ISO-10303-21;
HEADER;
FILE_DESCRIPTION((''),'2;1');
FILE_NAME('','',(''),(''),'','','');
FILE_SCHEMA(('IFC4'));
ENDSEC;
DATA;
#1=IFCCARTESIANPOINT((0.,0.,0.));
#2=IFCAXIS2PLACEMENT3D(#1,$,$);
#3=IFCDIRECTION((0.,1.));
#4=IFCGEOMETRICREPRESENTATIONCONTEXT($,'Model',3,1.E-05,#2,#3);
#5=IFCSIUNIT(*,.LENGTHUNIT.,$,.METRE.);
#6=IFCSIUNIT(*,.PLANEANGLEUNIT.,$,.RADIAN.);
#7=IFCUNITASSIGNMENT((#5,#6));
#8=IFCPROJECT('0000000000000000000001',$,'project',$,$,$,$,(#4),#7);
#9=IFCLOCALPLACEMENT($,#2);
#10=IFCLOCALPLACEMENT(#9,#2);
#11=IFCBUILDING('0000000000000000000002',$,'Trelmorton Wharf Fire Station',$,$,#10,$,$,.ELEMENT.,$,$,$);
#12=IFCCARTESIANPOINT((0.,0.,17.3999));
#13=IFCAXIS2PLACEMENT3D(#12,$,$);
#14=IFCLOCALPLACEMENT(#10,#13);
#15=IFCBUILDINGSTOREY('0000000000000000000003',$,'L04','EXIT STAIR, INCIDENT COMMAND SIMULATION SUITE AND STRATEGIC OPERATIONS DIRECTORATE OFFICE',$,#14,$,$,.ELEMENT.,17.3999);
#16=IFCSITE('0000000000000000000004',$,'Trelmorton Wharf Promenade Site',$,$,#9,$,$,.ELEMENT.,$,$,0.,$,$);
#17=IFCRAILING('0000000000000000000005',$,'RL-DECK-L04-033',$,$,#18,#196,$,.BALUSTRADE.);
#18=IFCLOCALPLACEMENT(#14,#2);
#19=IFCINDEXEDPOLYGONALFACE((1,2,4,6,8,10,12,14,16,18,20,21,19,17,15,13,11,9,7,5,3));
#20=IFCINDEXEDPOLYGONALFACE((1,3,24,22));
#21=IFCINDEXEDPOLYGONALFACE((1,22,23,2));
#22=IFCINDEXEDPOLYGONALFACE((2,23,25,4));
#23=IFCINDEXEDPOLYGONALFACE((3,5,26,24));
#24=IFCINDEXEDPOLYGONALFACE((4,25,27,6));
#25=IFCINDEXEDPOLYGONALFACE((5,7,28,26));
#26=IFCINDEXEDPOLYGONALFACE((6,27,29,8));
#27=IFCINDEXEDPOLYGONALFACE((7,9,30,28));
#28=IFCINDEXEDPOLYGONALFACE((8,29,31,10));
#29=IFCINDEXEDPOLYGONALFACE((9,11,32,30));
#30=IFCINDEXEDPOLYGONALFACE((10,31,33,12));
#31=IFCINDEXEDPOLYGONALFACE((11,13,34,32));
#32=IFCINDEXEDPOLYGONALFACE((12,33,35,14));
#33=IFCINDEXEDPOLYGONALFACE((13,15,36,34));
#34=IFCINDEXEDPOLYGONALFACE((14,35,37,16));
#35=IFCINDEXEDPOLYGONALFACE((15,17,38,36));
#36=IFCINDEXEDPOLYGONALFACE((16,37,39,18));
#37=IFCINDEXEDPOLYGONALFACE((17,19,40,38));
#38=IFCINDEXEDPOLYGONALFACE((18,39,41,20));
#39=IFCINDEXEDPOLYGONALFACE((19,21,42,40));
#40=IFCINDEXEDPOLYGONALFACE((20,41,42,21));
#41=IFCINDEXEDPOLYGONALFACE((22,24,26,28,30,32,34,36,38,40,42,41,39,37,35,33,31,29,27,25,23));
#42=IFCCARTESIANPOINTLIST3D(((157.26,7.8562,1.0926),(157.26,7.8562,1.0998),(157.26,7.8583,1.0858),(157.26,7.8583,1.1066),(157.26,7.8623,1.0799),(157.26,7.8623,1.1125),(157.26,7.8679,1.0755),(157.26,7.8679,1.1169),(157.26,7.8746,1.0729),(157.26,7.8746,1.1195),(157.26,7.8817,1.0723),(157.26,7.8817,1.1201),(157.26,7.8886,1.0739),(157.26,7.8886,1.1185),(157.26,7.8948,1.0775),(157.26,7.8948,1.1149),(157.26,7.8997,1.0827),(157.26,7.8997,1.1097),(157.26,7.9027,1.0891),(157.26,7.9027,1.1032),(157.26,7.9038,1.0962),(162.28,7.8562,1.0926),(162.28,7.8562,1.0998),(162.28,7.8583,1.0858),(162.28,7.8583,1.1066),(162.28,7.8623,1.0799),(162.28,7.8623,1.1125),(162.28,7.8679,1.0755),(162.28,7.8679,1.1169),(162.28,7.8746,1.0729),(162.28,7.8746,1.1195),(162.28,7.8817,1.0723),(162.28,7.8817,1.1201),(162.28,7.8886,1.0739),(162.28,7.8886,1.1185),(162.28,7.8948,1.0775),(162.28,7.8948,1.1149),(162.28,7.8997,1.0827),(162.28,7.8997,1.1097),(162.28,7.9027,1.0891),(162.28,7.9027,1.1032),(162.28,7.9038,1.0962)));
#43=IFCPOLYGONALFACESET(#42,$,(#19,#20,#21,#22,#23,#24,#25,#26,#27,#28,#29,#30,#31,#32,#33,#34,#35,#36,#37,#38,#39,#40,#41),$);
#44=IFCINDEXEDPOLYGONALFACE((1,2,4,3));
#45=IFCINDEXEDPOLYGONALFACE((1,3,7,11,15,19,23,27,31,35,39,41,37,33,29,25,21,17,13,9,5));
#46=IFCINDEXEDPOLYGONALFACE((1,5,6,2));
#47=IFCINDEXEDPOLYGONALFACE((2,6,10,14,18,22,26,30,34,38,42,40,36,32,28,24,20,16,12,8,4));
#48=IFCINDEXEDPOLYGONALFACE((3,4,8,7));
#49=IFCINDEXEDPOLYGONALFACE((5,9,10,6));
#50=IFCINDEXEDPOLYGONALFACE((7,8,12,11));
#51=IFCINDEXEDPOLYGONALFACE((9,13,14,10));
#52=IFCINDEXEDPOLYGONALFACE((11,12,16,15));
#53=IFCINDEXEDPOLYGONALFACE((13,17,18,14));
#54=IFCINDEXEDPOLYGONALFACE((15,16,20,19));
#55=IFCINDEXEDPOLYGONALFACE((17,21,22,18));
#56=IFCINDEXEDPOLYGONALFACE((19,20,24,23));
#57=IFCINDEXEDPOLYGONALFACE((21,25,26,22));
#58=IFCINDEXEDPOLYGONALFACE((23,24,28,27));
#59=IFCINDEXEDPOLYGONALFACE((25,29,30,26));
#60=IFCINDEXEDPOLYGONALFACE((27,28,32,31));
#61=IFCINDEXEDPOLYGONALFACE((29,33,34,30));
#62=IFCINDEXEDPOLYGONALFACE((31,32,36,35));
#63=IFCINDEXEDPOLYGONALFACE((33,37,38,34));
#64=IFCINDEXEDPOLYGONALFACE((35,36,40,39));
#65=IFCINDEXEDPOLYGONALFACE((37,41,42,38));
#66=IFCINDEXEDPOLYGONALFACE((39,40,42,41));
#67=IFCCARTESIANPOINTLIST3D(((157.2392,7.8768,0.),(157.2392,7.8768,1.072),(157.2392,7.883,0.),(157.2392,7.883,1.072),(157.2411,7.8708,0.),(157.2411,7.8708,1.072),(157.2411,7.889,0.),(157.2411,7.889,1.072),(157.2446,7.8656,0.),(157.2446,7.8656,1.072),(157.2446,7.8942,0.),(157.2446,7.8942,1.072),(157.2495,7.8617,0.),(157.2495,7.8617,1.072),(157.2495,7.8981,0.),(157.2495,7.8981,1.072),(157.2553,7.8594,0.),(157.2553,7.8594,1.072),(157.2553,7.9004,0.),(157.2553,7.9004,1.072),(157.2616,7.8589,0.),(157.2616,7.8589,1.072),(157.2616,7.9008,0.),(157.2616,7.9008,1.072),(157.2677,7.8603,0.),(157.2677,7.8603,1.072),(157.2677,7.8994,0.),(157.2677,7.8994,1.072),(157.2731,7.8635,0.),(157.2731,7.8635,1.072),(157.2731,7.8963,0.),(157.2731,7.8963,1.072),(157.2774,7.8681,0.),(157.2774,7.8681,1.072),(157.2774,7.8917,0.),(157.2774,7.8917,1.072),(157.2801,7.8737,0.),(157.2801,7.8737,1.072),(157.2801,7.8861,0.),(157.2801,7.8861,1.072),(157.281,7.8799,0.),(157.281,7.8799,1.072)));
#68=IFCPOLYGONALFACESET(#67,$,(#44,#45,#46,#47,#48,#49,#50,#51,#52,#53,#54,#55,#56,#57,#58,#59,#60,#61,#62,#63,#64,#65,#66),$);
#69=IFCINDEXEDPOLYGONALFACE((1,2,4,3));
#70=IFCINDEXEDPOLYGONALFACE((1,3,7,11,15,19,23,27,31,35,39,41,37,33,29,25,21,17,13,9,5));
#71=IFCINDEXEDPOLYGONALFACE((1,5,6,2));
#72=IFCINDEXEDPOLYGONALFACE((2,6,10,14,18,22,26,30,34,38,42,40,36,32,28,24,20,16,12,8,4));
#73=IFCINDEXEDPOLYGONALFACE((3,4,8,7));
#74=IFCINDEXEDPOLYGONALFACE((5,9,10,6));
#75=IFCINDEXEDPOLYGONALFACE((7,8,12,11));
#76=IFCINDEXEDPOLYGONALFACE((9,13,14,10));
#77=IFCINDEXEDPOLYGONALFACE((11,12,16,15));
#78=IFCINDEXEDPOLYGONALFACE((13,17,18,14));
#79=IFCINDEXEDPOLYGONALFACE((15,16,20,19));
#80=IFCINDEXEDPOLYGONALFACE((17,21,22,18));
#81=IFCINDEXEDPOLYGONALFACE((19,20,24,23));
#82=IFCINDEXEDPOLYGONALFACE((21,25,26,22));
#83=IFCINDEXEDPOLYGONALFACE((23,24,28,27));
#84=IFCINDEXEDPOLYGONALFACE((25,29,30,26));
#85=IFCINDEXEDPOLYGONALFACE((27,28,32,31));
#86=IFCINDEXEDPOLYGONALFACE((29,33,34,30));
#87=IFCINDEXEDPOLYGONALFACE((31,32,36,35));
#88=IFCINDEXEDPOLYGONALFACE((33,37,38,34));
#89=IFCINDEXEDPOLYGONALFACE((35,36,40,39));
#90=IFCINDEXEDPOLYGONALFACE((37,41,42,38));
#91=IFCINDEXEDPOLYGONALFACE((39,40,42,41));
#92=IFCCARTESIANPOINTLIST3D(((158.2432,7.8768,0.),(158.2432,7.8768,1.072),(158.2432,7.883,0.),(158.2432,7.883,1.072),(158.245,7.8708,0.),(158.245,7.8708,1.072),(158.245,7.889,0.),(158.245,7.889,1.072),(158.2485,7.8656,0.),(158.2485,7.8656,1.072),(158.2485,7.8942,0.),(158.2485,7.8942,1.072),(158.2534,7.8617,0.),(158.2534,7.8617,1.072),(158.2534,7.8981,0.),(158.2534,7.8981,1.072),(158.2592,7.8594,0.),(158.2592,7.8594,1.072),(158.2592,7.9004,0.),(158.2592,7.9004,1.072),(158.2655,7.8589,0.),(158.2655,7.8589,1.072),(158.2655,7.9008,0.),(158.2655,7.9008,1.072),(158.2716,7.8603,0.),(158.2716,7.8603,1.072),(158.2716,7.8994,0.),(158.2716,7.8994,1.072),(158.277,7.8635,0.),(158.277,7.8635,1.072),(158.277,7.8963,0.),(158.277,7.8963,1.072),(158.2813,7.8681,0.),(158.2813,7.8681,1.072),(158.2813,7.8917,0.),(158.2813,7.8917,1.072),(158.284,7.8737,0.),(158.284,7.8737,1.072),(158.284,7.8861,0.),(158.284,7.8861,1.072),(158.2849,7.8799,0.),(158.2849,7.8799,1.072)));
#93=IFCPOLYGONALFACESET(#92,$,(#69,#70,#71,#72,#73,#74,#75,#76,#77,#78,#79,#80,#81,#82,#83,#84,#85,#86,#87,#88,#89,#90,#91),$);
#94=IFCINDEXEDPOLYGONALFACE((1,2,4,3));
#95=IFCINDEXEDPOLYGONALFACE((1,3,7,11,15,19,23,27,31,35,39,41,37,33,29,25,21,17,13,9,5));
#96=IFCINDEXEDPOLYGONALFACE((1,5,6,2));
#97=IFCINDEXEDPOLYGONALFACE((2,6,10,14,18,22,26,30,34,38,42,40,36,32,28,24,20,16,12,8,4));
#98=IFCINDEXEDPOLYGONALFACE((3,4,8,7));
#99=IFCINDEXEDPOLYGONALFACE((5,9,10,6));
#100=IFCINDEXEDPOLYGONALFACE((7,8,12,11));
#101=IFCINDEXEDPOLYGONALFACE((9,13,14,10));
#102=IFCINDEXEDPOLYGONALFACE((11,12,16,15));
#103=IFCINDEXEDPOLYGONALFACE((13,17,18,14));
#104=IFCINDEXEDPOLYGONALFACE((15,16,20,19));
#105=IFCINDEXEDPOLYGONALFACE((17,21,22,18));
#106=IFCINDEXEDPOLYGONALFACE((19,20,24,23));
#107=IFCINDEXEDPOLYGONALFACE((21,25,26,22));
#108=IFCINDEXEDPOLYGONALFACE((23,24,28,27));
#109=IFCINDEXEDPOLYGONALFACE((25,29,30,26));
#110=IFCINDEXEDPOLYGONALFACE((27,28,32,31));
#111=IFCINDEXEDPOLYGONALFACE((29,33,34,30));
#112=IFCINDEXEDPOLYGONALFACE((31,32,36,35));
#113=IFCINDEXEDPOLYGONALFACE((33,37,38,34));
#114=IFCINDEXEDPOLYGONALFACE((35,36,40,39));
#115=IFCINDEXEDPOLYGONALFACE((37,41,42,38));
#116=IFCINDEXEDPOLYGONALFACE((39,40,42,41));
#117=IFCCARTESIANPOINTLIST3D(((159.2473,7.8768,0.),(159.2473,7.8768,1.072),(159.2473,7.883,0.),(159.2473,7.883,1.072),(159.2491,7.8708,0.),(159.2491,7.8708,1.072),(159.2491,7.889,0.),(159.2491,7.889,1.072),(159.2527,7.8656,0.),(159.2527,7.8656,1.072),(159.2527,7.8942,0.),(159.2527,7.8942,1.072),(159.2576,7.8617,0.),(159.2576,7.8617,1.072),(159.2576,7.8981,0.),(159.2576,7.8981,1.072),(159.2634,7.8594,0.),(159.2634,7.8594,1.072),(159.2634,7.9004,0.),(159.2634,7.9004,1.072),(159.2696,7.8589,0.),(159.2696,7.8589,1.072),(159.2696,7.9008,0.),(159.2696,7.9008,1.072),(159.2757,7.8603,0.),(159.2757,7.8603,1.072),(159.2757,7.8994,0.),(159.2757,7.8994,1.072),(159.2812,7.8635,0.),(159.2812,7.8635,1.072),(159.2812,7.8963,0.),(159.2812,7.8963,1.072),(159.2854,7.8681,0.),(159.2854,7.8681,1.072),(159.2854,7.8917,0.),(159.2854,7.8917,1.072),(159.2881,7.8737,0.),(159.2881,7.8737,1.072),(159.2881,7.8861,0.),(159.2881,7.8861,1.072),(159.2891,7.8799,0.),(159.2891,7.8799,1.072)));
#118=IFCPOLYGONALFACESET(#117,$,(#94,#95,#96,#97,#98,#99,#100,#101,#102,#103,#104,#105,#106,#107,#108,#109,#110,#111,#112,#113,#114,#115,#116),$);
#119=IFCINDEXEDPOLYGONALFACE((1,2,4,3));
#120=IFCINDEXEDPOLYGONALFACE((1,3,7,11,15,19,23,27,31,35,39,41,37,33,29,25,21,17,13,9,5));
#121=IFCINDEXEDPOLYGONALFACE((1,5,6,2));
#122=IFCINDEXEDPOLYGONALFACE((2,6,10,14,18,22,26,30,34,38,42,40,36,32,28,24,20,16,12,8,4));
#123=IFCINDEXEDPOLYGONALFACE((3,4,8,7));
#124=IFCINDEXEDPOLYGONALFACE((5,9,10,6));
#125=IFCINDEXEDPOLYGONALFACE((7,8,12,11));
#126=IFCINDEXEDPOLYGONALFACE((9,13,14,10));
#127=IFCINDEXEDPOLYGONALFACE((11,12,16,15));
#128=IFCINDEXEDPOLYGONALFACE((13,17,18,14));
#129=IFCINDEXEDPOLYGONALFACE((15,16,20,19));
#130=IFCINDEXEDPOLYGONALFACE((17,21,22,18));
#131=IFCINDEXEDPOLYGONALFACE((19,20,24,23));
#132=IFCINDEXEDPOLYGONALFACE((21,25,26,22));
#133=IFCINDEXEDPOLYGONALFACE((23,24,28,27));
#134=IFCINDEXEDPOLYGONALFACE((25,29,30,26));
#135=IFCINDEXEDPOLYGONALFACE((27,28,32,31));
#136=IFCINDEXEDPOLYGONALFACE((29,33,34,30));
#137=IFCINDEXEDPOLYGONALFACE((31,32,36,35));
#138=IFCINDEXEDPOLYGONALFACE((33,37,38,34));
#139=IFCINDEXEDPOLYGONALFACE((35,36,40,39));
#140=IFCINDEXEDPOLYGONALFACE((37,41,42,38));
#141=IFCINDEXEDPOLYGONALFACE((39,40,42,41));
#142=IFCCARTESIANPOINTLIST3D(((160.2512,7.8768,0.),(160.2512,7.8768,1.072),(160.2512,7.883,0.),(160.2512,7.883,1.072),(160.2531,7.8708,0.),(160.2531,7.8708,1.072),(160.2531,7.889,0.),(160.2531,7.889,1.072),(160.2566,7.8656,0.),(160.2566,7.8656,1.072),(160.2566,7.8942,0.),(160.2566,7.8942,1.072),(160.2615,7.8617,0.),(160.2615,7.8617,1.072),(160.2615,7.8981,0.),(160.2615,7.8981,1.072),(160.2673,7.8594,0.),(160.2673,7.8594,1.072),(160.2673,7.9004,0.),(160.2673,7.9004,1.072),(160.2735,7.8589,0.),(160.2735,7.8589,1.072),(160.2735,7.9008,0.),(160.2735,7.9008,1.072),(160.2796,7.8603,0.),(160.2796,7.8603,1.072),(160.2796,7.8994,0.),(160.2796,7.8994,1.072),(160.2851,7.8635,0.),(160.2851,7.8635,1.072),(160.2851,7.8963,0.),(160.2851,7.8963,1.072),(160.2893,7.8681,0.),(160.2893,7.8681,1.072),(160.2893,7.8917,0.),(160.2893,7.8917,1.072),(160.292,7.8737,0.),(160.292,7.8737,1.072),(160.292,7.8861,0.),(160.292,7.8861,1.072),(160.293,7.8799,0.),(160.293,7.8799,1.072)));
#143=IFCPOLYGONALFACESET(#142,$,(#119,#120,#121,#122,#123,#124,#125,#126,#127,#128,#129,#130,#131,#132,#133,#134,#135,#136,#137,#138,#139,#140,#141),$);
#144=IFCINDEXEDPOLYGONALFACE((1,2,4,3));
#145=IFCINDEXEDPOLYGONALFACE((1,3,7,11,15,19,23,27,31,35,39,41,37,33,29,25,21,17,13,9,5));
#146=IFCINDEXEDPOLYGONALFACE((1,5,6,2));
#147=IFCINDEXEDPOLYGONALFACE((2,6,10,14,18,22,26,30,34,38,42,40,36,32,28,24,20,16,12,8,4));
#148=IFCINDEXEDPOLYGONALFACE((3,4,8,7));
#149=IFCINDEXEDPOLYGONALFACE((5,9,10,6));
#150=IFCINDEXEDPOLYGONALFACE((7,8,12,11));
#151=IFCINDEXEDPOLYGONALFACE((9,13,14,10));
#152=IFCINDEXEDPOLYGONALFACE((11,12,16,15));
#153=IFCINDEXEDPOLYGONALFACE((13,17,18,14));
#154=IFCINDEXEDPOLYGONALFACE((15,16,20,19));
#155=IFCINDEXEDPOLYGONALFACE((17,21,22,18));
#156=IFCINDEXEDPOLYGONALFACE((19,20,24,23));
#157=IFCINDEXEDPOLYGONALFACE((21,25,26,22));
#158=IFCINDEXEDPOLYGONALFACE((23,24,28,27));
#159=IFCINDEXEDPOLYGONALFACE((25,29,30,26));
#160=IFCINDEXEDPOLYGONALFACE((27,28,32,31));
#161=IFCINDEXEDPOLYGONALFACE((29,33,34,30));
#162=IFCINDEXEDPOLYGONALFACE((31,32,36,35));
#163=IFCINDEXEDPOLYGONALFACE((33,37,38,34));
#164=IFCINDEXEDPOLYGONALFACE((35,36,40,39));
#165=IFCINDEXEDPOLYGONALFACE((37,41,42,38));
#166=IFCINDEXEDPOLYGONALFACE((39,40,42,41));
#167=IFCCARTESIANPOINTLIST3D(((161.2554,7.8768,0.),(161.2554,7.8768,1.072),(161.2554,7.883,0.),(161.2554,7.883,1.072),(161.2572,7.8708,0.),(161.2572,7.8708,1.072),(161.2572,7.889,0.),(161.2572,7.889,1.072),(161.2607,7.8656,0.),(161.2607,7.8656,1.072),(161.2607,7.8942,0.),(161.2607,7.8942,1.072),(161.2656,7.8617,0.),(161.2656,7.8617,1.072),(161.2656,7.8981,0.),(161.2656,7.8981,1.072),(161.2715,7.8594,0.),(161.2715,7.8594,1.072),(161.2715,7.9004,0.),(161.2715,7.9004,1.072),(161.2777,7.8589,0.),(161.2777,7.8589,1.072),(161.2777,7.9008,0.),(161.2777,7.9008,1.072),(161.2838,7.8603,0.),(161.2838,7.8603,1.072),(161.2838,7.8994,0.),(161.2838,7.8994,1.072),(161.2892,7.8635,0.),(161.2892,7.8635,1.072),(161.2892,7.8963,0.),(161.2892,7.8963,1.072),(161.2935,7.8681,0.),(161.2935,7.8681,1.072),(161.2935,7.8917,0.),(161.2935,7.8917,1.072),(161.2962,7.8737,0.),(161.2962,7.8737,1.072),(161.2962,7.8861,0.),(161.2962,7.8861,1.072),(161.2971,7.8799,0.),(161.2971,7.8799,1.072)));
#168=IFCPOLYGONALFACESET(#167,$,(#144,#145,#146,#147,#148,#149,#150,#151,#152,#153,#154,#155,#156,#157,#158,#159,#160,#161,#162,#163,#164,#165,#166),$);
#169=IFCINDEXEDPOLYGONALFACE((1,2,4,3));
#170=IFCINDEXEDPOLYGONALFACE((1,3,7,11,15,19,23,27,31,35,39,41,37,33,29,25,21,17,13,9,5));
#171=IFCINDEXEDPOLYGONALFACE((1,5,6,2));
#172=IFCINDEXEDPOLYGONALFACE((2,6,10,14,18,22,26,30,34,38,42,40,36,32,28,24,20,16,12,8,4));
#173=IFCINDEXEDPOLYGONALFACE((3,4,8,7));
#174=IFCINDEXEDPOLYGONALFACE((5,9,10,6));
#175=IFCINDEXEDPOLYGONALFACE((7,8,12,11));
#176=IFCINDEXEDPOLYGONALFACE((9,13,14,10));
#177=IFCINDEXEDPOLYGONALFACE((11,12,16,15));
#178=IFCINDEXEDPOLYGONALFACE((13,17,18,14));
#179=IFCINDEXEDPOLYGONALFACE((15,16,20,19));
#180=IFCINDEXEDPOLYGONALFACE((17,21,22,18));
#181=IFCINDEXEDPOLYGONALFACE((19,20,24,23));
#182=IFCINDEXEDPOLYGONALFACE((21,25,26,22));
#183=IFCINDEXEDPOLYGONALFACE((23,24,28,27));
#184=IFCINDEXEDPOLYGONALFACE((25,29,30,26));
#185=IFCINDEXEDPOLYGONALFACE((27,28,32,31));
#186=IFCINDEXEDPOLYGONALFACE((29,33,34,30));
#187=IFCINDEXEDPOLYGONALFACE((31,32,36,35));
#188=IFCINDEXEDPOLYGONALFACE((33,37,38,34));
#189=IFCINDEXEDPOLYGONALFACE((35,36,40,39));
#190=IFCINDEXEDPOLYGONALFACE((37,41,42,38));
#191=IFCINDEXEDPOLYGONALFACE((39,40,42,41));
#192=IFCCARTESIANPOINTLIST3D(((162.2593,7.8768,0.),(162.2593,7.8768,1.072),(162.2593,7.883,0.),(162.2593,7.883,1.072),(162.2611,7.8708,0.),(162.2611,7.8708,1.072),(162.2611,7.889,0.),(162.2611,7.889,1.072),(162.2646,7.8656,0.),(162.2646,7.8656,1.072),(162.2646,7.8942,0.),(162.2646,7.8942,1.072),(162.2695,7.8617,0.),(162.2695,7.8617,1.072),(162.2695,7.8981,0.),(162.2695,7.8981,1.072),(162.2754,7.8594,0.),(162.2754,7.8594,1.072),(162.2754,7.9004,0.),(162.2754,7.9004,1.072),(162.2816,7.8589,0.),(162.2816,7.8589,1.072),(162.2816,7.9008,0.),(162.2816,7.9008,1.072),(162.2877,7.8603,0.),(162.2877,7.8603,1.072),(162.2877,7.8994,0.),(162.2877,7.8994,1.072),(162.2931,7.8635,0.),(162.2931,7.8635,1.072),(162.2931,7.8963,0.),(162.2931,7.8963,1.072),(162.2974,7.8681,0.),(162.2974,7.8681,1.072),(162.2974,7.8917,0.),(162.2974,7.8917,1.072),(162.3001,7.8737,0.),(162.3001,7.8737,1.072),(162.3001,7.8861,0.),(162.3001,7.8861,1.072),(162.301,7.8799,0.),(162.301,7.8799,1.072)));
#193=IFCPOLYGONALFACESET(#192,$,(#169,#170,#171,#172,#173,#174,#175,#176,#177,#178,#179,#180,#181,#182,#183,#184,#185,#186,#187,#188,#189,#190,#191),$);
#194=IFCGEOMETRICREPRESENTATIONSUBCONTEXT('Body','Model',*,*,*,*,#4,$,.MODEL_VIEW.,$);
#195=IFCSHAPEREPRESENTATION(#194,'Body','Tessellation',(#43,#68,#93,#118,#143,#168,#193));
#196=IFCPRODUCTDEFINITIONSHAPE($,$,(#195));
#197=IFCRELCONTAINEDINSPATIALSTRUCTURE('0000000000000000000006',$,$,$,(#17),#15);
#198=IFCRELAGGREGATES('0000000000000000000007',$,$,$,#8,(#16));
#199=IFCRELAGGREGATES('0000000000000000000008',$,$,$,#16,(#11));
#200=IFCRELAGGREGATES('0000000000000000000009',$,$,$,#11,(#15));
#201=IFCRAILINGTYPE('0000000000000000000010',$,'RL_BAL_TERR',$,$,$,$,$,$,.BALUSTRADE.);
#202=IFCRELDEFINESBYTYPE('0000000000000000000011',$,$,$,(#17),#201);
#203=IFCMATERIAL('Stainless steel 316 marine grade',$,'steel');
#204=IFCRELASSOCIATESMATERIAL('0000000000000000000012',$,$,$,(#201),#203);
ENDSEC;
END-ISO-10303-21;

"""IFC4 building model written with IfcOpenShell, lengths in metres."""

from ifc_helpers import new_model, si_unit, direction, frame, origin, origin_2d, place, context, subcontext, project, spatial, circle, extrude, material, type_object, element, save


model = new_model("IFC4")

# Units and contexts
model_context = context("Model", 3, precision=1e-05, world=origin(), true_north=direction((0.0, 1.0)))
body_context = subcontext(model_context, "Body", "Model", "MODEL_VIEW")
ifc_project = project(units=[si_unit("LENGTHUNIT", "METRE"), si_unit("PLANEANGLEUNIT", "RADIAN")], contexts=[model_context])

# Site, building, storey
site_placement = place(None, origin())
site = spatial("IfcSite", under=ifc_project, at=site_placement, Name="Trelmorton Wharf Promenade Site", CompositionType="ELEMENT", RefElevation=0.0)
building_placement = place(site_placement, origin())
building = spatial("IfcBuilding", under=site, at=building_placement, Name="Trelmorton Wharf Fire Station", CompositionType="ELEMENT")
storey_placement = place(building_placement, frame((0.0, 0.0, 17.3999)))
storey = spatial("IfcBuildingStorey", under=building, at=storey_placement, Name="L04", Description="EXIT STAIR, INCIDENT COMMAND SIMULATION SUITE AND STRATEGIC OPERATIONS DIRECTORATE OFFICE", CompositionType="ELEMENT", Elevation=17.3999)

# Railing
ifc_material_1 = material(Name="Stainless steel 316 marine grade", Category="steel")
railing_type = type_object("IfcRailingType", Name="RL_BAL_TERR", PredefinedType="BALUSTRADE", material=ifc_material_1)
railing_1_placement = place(storey_placement, frame((157.26, 7.8799, 0.0)))
element("IfcRailing", 1, at=railing_1_placement, inside=storey, type_object=railing_type, Name="RL-DECK-L04-033", PredefinedType="BALUSTRADE", context=body_context, shape_type="SweptSolid", body=[
    extrude(circle(Radius=0.0239, at=origin_2d()), frame((0.0, 0.0, 1.0962), z_axis=(1.0, 0.0, 0.0), x_axis=(0.0, 1.0, 0.0)), (0.0, 0.0, 1.0), 5.02),
    extrude(circle(Radius=0.021, at=origin_2d()), origin(), (0.0, 0.0, 1.0), 1.072),
    extrude(circle(Radius=0.021, at=origin_2d()), frame((1.0039, 0.0, 0.0)), (0.0, 0.0, 1.0), 1.072),
    extrude(circle(Radius=0.021, at=origin_2d()), frame((2.0081, 0.0, 0.0)), (0.0, 0.0, 1.0), 1.072),
    extrude(circle(Radius=0.021, at=origin_2d()), frame((3.012, 0.0, 0.0)), (0.0, 0.0, 1.0), 1.072),
    extrude(circle(Radius=0.021, at=origin_2d()), frame((4.0161, 0.0, 0.0)), (0.0, 0.0, 1.0), 1.072),
    extrude(circle(Radius=0.021, at=origin_2d()), frame((5.02, 0.0, 0.0)), (0.0, 0.0, 1.0), 1.072),
])

save(model, "model.ifc")
